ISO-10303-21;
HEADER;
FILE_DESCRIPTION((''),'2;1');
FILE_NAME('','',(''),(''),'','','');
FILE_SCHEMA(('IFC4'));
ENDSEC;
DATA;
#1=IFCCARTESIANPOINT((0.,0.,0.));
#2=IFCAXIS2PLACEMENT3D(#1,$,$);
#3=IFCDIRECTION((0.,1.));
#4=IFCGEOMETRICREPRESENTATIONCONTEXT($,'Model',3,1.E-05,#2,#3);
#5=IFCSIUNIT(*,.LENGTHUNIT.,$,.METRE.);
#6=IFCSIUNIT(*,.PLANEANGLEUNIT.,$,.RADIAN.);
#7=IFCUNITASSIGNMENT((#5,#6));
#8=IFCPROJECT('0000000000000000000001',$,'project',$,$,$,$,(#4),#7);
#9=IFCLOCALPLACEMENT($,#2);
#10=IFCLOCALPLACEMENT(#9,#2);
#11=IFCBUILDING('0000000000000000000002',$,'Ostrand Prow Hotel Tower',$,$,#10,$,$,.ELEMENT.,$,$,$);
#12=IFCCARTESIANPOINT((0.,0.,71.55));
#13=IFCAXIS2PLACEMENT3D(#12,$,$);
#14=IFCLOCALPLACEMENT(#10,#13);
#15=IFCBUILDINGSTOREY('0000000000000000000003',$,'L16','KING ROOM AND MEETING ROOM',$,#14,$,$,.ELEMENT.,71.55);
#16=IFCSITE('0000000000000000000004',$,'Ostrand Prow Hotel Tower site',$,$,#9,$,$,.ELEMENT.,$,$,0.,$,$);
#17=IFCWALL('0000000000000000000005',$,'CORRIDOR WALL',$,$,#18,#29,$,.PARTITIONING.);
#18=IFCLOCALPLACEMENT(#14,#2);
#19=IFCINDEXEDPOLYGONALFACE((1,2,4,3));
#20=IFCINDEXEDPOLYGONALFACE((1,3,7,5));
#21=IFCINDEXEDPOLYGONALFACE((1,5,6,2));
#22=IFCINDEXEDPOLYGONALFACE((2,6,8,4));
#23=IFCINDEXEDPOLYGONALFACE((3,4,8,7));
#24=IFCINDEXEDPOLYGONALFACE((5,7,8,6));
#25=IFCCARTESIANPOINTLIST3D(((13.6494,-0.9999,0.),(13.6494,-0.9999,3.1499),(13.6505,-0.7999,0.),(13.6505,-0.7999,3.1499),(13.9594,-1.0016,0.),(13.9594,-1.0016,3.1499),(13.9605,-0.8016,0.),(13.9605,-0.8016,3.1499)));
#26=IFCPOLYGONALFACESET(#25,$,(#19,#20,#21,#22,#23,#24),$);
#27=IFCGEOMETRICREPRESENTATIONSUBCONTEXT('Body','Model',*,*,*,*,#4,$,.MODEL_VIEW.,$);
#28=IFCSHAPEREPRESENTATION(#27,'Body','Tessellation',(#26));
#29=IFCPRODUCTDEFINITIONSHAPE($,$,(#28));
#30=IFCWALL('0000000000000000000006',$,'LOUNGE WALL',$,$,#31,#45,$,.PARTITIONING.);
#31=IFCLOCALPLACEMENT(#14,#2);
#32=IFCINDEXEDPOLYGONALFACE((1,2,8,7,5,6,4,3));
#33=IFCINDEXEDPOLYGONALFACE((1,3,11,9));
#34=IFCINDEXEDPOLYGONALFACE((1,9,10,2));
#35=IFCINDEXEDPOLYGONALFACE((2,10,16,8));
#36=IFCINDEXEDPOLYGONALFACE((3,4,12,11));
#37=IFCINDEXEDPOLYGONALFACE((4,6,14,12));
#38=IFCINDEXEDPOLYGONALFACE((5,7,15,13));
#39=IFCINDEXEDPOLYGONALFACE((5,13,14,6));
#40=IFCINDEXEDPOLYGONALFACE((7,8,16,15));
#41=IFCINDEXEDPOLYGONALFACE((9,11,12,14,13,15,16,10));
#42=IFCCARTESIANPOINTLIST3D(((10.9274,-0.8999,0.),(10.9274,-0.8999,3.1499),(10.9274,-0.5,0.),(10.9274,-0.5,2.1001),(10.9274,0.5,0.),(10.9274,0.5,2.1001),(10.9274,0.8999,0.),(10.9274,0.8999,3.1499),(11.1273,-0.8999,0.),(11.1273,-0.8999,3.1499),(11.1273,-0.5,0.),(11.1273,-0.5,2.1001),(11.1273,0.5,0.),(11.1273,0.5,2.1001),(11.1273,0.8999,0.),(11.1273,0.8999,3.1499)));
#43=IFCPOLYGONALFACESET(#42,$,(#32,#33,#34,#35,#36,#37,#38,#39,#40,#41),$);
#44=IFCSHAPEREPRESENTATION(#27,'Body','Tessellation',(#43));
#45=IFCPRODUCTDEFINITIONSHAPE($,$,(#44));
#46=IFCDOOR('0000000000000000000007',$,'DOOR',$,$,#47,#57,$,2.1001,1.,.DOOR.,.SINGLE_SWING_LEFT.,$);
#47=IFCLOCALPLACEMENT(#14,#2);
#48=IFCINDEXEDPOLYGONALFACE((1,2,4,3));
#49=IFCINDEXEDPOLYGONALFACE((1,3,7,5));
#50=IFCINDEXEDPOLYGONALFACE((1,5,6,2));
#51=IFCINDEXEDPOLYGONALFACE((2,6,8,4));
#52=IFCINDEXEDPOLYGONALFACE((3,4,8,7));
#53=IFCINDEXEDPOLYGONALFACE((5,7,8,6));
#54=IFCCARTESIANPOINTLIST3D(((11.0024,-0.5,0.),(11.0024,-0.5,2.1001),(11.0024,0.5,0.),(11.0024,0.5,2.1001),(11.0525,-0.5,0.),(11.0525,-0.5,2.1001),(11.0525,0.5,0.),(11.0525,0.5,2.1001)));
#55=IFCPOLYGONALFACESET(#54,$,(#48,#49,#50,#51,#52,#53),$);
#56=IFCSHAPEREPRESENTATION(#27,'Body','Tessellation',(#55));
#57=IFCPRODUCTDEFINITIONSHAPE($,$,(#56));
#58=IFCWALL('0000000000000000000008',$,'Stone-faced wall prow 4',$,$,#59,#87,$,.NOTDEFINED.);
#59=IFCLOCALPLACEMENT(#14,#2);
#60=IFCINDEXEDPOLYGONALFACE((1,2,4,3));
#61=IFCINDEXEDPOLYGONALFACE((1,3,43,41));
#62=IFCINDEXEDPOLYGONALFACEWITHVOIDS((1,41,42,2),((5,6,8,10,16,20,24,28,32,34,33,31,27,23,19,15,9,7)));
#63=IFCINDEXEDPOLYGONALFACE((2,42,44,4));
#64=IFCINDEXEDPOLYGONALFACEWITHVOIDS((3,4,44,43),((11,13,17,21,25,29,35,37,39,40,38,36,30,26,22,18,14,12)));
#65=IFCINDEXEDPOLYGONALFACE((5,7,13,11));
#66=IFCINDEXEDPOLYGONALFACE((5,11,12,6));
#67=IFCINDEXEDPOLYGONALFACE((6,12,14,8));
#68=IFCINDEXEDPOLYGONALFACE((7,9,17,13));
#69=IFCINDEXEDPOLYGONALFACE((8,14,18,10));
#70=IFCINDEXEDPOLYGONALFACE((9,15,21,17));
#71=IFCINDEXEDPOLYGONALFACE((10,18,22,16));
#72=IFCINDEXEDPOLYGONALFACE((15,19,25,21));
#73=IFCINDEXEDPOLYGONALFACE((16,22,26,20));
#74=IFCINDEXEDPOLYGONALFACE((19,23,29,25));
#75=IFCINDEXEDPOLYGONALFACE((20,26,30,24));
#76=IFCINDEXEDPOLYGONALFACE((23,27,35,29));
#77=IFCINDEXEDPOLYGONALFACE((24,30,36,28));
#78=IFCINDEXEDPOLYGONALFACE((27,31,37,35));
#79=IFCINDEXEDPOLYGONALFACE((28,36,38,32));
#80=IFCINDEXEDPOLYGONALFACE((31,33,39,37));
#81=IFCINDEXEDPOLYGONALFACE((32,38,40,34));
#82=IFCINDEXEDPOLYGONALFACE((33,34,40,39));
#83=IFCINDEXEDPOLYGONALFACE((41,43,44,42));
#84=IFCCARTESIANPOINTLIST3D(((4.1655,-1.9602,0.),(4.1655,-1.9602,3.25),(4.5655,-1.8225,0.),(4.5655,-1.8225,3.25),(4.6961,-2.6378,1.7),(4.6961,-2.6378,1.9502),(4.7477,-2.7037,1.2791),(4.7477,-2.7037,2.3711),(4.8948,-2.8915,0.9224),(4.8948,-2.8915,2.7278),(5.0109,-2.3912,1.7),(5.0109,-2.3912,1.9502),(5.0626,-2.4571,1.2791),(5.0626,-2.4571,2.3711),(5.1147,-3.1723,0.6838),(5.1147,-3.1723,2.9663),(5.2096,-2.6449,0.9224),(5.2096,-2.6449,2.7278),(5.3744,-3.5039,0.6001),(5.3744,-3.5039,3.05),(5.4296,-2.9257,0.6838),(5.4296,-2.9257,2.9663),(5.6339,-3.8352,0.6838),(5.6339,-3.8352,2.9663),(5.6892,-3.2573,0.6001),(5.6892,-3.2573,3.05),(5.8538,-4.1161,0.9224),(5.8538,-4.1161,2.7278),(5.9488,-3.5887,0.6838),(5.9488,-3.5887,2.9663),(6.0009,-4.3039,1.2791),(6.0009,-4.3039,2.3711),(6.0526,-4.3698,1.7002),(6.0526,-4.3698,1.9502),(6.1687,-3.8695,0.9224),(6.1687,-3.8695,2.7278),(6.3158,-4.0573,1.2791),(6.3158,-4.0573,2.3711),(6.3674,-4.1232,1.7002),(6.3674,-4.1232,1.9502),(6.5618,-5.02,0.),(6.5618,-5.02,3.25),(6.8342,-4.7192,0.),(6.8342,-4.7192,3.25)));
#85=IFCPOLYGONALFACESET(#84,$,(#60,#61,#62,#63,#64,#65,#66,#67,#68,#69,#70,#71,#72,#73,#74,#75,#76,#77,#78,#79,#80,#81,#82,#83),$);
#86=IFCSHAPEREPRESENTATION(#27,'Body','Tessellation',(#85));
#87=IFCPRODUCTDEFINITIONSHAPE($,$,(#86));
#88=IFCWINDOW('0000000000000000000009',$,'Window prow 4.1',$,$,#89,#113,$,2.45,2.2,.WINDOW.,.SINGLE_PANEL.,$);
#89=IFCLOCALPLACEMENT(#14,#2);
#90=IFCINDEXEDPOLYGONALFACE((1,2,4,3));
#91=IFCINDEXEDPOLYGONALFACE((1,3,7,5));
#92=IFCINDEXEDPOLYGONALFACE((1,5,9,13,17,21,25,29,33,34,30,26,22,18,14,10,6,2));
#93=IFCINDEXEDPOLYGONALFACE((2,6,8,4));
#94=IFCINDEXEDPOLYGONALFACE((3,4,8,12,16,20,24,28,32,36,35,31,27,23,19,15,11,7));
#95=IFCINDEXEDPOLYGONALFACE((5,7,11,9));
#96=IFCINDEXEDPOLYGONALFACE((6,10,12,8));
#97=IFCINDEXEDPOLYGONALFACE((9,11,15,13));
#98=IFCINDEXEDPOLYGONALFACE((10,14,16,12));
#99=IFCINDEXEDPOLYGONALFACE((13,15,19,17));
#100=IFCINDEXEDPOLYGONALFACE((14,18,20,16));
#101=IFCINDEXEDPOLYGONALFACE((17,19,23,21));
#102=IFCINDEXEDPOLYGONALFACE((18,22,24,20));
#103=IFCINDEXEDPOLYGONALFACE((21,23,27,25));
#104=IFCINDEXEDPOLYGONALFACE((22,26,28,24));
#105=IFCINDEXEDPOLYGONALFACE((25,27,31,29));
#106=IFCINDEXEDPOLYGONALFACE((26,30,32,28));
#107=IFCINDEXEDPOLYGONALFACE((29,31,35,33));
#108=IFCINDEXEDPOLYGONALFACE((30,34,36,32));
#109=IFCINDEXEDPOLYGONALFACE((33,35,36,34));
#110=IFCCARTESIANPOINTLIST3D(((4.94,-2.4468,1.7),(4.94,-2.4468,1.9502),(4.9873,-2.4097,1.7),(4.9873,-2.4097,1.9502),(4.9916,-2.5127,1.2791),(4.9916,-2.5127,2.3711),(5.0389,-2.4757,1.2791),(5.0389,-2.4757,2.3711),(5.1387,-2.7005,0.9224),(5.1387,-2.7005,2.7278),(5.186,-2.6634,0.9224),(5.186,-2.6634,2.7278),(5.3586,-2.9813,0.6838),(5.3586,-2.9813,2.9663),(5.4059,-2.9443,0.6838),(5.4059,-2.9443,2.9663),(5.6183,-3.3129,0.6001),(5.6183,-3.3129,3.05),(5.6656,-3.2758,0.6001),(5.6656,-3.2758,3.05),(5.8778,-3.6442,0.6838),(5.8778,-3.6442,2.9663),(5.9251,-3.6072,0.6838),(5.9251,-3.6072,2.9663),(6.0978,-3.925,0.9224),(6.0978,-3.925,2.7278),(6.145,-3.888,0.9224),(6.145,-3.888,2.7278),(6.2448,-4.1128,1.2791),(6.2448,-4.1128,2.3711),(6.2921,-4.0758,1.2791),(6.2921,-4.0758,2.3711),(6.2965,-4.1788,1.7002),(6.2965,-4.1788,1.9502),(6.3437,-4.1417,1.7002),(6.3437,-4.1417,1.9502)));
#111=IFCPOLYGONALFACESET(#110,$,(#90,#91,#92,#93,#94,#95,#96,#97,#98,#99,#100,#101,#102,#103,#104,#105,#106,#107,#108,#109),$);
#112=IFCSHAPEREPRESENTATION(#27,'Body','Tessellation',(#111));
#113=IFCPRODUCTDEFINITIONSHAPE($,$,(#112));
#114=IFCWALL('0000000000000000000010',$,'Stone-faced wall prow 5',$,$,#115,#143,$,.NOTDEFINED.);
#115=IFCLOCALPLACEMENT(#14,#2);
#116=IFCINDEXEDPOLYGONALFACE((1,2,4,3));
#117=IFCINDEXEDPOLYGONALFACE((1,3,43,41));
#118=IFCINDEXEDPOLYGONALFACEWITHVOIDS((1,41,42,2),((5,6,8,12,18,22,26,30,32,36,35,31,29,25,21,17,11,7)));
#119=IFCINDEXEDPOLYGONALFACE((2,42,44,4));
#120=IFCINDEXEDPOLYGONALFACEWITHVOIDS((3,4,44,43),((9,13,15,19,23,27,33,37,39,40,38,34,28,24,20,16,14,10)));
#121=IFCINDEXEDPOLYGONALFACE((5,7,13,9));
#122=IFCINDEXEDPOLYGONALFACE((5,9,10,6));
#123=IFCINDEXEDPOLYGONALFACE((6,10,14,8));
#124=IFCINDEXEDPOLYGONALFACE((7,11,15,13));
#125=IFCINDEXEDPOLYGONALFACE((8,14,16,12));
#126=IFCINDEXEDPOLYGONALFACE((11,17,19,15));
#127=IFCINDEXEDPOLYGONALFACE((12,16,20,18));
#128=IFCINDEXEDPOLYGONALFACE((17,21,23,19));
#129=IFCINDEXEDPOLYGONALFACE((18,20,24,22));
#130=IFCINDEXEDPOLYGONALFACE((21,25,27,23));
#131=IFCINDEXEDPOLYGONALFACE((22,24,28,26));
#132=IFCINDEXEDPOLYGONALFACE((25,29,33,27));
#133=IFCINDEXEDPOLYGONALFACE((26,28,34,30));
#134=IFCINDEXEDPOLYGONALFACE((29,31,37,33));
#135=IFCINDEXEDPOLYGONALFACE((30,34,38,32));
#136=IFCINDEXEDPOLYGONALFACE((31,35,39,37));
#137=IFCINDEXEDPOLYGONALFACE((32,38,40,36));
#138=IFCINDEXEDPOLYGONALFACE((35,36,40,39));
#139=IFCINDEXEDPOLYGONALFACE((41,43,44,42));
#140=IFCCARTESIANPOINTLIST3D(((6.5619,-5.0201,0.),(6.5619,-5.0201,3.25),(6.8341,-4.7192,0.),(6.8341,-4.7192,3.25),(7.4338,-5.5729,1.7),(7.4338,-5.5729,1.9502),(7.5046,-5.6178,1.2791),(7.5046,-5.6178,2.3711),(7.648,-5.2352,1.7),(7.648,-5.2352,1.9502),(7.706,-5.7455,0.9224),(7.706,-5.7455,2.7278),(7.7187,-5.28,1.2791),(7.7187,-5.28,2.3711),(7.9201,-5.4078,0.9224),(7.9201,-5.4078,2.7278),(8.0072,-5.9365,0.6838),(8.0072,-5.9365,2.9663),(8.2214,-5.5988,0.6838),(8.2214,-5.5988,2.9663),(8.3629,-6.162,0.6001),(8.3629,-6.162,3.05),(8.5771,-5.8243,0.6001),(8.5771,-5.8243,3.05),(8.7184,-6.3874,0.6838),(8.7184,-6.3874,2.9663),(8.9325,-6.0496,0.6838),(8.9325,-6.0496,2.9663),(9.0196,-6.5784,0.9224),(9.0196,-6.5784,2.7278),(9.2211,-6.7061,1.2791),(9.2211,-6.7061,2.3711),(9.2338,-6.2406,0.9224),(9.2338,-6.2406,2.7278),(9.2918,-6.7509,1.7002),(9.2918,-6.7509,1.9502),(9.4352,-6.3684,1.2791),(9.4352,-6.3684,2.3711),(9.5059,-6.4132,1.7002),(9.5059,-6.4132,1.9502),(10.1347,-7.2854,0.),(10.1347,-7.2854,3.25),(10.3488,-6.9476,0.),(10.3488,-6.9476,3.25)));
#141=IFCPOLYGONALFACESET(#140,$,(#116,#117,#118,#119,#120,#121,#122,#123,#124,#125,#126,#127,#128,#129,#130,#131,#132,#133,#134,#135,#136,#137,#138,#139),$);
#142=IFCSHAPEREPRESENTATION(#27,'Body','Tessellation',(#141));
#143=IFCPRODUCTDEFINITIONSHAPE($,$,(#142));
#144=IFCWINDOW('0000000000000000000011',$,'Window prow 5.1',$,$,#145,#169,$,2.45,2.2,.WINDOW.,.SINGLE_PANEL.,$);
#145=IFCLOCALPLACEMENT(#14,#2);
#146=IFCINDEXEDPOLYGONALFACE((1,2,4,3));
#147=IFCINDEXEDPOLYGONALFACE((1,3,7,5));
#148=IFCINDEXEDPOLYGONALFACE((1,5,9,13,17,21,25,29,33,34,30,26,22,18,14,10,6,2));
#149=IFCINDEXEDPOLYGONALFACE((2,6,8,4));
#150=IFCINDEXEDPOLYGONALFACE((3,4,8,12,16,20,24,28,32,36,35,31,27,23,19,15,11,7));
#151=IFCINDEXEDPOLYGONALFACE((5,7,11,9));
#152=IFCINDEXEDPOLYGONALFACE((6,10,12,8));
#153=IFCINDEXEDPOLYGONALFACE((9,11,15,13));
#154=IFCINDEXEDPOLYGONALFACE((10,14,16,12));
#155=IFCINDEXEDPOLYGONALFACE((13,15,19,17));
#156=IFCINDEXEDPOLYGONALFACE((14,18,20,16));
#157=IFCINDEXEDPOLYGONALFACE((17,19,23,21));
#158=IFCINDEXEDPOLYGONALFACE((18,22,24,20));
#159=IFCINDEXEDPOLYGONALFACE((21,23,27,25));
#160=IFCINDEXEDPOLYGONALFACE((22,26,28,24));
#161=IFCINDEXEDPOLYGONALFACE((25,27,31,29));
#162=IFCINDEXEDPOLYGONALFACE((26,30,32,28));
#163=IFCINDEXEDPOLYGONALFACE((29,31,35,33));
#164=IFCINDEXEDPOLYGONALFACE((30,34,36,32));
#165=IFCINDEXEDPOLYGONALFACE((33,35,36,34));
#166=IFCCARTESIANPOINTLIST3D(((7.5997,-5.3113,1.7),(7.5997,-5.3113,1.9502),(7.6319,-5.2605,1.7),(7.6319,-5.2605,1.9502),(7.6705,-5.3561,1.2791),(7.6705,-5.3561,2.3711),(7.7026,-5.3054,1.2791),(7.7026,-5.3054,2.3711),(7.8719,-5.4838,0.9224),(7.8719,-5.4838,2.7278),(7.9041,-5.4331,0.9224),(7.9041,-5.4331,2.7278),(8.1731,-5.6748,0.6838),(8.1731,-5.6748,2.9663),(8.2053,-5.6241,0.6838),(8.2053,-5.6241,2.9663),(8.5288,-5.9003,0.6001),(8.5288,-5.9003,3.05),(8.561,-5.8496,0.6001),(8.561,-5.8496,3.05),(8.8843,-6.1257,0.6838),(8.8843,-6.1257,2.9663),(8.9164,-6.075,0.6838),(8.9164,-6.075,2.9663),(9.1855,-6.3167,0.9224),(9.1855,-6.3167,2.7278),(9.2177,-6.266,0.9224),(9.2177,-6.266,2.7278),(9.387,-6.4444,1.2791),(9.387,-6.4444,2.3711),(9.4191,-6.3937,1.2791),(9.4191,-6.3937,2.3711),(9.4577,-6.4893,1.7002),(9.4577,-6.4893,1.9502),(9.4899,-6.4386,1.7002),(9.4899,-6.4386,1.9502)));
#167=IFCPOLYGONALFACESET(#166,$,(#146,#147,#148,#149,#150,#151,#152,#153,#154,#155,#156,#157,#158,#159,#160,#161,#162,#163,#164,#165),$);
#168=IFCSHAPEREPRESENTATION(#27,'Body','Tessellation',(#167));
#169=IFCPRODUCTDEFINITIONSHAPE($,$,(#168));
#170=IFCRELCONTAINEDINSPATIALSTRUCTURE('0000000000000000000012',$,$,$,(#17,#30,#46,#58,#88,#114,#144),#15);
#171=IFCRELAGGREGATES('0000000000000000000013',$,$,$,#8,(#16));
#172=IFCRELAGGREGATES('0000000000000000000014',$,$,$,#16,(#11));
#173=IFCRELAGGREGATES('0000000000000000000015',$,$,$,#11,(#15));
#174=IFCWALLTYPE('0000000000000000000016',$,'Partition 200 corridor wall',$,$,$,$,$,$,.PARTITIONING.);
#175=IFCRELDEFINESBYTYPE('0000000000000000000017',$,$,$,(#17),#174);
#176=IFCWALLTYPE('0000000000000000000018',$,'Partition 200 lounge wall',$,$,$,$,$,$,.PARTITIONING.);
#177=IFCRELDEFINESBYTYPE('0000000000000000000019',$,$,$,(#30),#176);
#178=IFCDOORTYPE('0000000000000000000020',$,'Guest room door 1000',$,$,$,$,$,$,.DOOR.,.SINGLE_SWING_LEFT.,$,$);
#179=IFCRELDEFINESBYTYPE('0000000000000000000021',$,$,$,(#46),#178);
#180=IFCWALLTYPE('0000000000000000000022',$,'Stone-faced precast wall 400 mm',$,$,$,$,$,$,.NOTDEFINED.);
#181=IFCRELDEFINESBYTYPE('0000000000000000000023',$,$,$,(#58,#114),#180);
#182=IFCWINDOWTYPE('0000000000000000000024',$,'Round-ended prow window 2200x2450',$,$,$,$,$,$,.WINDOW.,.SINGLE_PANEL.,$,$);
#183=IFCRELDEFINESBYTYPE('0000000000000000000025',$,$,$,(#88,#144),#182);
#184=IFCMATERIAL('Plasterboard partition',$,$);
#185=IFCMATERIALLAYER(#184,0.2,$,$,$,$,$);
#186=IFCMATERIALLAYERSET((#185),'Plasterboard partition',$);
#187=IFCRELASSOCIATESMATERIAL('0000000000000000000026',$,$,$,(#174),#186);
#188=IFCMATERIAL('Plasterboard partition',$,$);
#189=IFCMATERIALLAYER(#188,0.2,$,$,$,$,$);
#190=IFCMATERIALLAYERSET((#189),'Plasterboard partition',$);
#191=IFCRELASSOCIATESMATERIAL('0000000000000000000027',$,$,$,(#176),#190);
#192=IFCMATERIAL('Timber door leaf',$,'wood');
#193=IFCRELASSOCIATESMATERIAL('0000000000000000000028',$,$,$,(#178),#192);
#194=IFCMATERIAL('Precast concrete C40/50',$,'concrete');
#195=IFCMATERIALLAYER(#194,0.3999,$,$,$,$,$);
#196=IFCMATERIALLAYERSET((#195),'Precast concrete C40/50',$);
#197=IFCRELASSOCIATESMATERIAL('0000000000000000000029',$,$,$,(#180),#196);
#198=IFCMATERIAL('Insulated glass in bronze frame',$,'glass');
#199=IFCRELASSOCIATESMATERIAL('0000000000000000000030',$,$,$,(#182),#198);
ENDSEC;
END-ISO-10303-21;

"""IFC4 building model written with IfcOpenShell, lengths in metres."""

from ifc_helpers import new_model, si_unit, direction, frame, frame_2d, origin, place, context, subcontext, project, spatial, polyline, rectangle, outline, extrude, material, layer, layer_set, type_object, element, fill, save


model = new_model("IFC4")

# Units and contexts
model_context = context("Model", 3, precision=1e-05, world=origin(), true_north=direction((0.0, 1.0)))
body_context = subcontext(model_context, "Body", "Model", "MODEL_VIEW")
ifc_project = project(units=[si_unit("LENGTHUNIT", "METRE"), si_unit("PLANEANGLEUNIT", "RADIAN")], contexts=[model_context])

# Site, building, storey
site_placement = place(None, origin())
site = spatial("IfcSite", under=ifc_project, at=site_placement, Name="Ostrand Prow Hotel Tower site", CompositionType="ELEMENT", RefElevation=0.0)
building_placement = place(site_placement, origin())
building = spatial("IfcBuilding", under=site, at=building_placement, Name="Ostrand Prow Hotel Tower", CompositionType="ELEMENT")
storey_placement = place(building_placement, frame((0.0, 0.0, 71.55)))
storey = spatial("IfcBuildingStorey", under=building, at=storey_placement, Name="L16", Description="KING ROOM AND MEETING ROOM", CompositionType="ELEMENT", Elevation=71.55)

# Shared definitions
ifc_material_1 = material(Name="Plasterboard partition")
ifc_layer_1 = layer(ifc_material_1, 0.2)
ifc_layer_set_1 = layer_set([ifc_layer_1], Name="Plasterboard partition")
wall_type_1 = type_object("IfcWallType", Name="Partition 200 corridor wall", PredefinedType="PARTITIONING", material=ifc_layer_set_1)

# Wall
wall_1_placement = place(storey_placement, frame((13.6499, -0.8999, 0.0), z_axis=(0.0, 0.0, 1.0), x_axis=(0.999985, -0.005512, 0.0)))
element("IfcWall", 1, at=wall_1_placement, inside=storey, type_object=wall_type_1, Name="CORRIDOR WALL", PredefinedType="PARTITIONING", context=body_context, shape_type="SweptSolid", body=[
    extrude(rectangle(XDim=0.3101, YDim=0.2, at=frame_2d((0.155, 0.0))), origin(), (0.0, 0.0, 1.0), 3.1499),
])

# Wall, opening, door
ifc_material_2 = material(Name="Plasterboard partition")
ifc_layer_2 = layer(ifc_material_2, 0.2)
ifc_layer_set_2 = layer_set([ifc_layer_2], Name="Plasterboard partition")
wall_type_2 = type_object("IfcWallType", Name="Partition 200 lounge wall", PredefinedType="PARTITIONING", material=ifc_layer_set_2)
wall_2_placement = place(storey_placement, frame((11.0273, -0.8999, 0.0), z_axis=(0.0, 0.0, 1.0), x_axis=(0.0, 1.0, 0.0)))
wall_2 = element("IfcWall", 2, at=wall_2_placement, inside=storey, type_object=wall_type_2, Name="LOUNGE WALL", PredefinedType="PARTITIONING", context=body_context, shape_type="SweptSolid", body=[
    extrude(rectangle(XDim=1.7998, YDim=0.2, at=frame_2d((0.8999, 0.0))), origin(), (0.0, 0.0, 1.0), 3.1499),
])
opening_1_placement = place(wall_2_placement, frame((0.3999, 0.0, 0.0)))
opening_1 = element("IfcOpeningElement", 3, at=opening_1_placement, cuts=wall_2, PredefinedType="OPENING", context=body_context, shape_type="SweptSolid", body=[
    extrude(rectangle(XDim=1.0, YDim=2.1001, at=frame_2d((0.5, 1.05))), frame((0.0, 0.1099, 0.0), z_axis=(0.0, -1.0, 0.0), x_axis=(1.0, 0.0, 0.0)), (0.0, 0.0, 1.0), 0.22),
])
ifc_material_3 = material(Name="Timber door leaf", Category="wood")
door_type_1 = type_object("IfcDoorType", Name="Guest room door 1000", OperationType="SINGLE_SWING_LEFT", PredefinedType="DOOR", material=ifc_material_3)
door_1_placement = place(opening_1_placement, origin())
door_1 = element("IfcDoor", 4, at=door_1_placement, inside=storey, type_object=door_type_1, Name="DOOR", OperationType="SINGLE_SWING_LEFT", OverallHeight=2.1001, OverallWidth=1.0, PredefinedType="DOOR", context=body_context, shape_type="SweptSolid", body=[
    extrude(rectangle(XDim=1.0, YDim=2.1001, at=frame_2d((0.5, 1.05))), frame((0.0, 0.0249, 0.0), z_axis=(0.0, -1.0, 0.0), x_axis=(1.0, 0.0, 0.0)), (0.0, 0.0, 1.0), 0.05),
])
fill(opening_1, door_1)

# Walls, openings, windows
ifc_material_4 = material(Name="Precast concrete C40/50", Category="concrete")
ifc_layer_3 = layer(ifc_material_4, 0.3999)
ifc_layer_set_3 = layer_set([ifc_layer_3], Name="Precast concrete C40/50")
wall_type_3 = type_object("IfcWallType", Name="Stone-faced precast wall 400 mm", PredefinedType="NOTDEFINED", material=ifc_layer_set_3)
wall_3_placement = place(storey_placement, frame((4.3655, -1.8914, 0.0), z_axis=(0.0, 0.0, 1.0), x_axis=(0.616587, -0.787287, 0.0)))
wall_3 = element("IfcWall", 5, at=wall_3_placement, inside=storey, type_object=wall_type_3, Name="Stone-faced wall prow 4", PredefinedType="NOTDEFINED", context=body_context, shape_type="SweptSolid", body=[
    extrude(outline(polyline([(-0.0691, -0.2), (3.8174, -0.2), (3.7485, 0.2), (0.0691, 0.2), (-0.0691, -0.2)])), origin(), (0.0, 0.0, 1.0), 3.25),
])
opening_2_placement = place(wall_3_placement, frame((0.7915, 0.0, 0.6001)))
opening_2 = element("IfcOpeningElement", 6, at=opening_2_placement, cuts=wall_3, PredefinedType="OPENING", context=body_context, shape_type="SweptSolid", body=[
    extrude(outline(polyline([(0.0, 1.3501), (0.0837, 1.771), (0.3223, 2.1277), (0.679, 2.3662), (1.1001, 2.45), (1.521, 2.3662), (1.8777, 2.1277), (2.1162, 1.771), (2.2, 1.3501), (2.2, 1.1001), (2.1162, 0.679), (1.8777, 0.3223), (1.521, 0.0837), (1.1001, 0.0), (0.679, 0.0837), (0.3223, 0.3223), (0.0837, 0.679), (0.0, 1.0999), (0.0, 1.3501)])), frame((0.0, 0.21, 0.0), z_axis=(0.0, -1.0, 0.0), x_axis=(1.0, 0.0, 0.0)), (0.0, 0.0, 1.0), 0.4199),
])
ifc_material_5 = material(Name="Insulated glass in bronze frame", Category="glass")
window_type = type_object("IfcWindowType", Name="Round-ended prow window 2200x2450", PartitioningType="SINGLE_PANEL", PredefinedType="WINDOW", material=ifc_material_5)
window_1_placement = place(opening_2_placement, origin())
window_1 = element("IfcWindow", 7, at=window_1_placement, inside=storey, type_object=window_type, Name="Window prow 4.1", OverallHeight=2.45, OverallWidth=2.2, PartitioningType="SINGLE_PANEL", PredefinedType="WINDOW", context=body_context, shape_type="SweptSolid", body=[
    extrude(outline(polyline([(0.0, 1.3501), (0.0837, 1.771), (0.3223, 2.1277), (0.679, 2.3662), (1.1001, 2.45), (1.521, 2.3662), (1.8777, 2.1277), (2.1162, 1.771), (2.2, 1.3501), (2.2, 1.1001), (2.1162, 0.679), (1.8777, 0.3223), (1.521, 0.0837), (1.1001, 0.0), (0.679, 0.0837), (0.3223, 0.3223), (0.0837, 0.679), (0.0, 1.0999), (0.0, 1.3501)])), frame((0.0, 0.1699, 0.0), z_axis=(0.0, -1.0, 0.0), x_axis=(1.0, 0.0, 0.0)), (0.0, 0.0, 1.0), 0.0601),
])
fill(opening_2, window_1)
wall_4_placement = place(storey_placement, frame((6.698, -4.8696, 0.0), z_axis=(0.0, 0.0, 1.0), x_axis=(0.844552, -0.535474, 0.0)))
wall_4 = element("IfcWall", 8, at=wall_4_placement, inside=storey, type_object=wall_type_3, Name="Stone-faced wall prow 5", PredefinedType="NOTDEFINED", context=body_context, shape_type="SweptSolid", body=[
    extrude(outline(polyline([(-0.0344, -0.2), (4.196, -0.2), (4.196, 0.2), (0.0344, 0.2), (-0.0344, -0.2)])), origin(), (0.0, 0.0, 1.0), 3.25),
])
opening_3_placement = place(wall_4_placement, frame((0.998, 0.0, 0.6001)))
opening_3 = element("IfcOpeningElement", 9, at=opening_3_placement, cuts=wall_4, PredefinedType="OPENING", context=body_context, shape_type="SweptSolid", body=[
    extrude(outline(polyline([(0.0, 1.3501), (0.0837, 1.771), (0.3223, 2.1277), (0.679, 2.3662), (1.1001, 2.45), (1.521, 2.3662), (1.8777, 2.1277), (2.1162, 1.771), (2.2, 1.3501), (2.2, 1.1001), (2.1162, 0.679), (1.8777, 0.3223), (1.521, 0.0837), (1.1001, 0.0), (0.679, 0.0837), (0.3223, 0.3223), (0.0837, 0.679), (0.0, 1.0999), (0.0, 1.3501)])), frame((0.0, 0.21, 0.0), z_axis=(0.0, -1.0, 0.0), x_axis=(1.0, 0.0, 0.0)), (0.0, 0.0, 1.0), 0.4199),
])
window_2_placement = place(opening_3_placement, origin())
window_2 = element("IfcWindow", 10, at=window_2_placement, inside=storey, type_object=window_type, Name="Window prow 5.1", OverallHeight=2.45, OverallWidth=2.2, PartitioningType="SINGLE_PANEL", PredefinedType="WINDOW", context=body_context, shape_type="SweptSolid", body=[
    extrude(outline(polyline([(0.0, 1.3501), (0.0837, 1.771), (0.3223, 2.1277), (0.679, 2.3662), (1.1001, 2.45), (1.521, 2.3662), (1.8777, 2.1277), (2.1162, 1.771), (2.2, 1.3501), (2.2, 1.1001), (2.1162, 0.679), (1.8777, 0.3223), (1.521, 0.0837), (1.1001, 0.0), (0.679, 0.0837), (0.3223, 0.3223), (0.0837, 0.679), (0.0, 1.0999), (0.0, 1.3501)])), frame((0.0, 0.1699, 0.0), z_axis=(0.0, -1.0, 0.0), x_axis=(1.0, 0.0, 0.0)), (0.0, 0.0, 1.0), 0.0601),
])
fill(opening_3, window_2)

save(model, "model.ifc")
